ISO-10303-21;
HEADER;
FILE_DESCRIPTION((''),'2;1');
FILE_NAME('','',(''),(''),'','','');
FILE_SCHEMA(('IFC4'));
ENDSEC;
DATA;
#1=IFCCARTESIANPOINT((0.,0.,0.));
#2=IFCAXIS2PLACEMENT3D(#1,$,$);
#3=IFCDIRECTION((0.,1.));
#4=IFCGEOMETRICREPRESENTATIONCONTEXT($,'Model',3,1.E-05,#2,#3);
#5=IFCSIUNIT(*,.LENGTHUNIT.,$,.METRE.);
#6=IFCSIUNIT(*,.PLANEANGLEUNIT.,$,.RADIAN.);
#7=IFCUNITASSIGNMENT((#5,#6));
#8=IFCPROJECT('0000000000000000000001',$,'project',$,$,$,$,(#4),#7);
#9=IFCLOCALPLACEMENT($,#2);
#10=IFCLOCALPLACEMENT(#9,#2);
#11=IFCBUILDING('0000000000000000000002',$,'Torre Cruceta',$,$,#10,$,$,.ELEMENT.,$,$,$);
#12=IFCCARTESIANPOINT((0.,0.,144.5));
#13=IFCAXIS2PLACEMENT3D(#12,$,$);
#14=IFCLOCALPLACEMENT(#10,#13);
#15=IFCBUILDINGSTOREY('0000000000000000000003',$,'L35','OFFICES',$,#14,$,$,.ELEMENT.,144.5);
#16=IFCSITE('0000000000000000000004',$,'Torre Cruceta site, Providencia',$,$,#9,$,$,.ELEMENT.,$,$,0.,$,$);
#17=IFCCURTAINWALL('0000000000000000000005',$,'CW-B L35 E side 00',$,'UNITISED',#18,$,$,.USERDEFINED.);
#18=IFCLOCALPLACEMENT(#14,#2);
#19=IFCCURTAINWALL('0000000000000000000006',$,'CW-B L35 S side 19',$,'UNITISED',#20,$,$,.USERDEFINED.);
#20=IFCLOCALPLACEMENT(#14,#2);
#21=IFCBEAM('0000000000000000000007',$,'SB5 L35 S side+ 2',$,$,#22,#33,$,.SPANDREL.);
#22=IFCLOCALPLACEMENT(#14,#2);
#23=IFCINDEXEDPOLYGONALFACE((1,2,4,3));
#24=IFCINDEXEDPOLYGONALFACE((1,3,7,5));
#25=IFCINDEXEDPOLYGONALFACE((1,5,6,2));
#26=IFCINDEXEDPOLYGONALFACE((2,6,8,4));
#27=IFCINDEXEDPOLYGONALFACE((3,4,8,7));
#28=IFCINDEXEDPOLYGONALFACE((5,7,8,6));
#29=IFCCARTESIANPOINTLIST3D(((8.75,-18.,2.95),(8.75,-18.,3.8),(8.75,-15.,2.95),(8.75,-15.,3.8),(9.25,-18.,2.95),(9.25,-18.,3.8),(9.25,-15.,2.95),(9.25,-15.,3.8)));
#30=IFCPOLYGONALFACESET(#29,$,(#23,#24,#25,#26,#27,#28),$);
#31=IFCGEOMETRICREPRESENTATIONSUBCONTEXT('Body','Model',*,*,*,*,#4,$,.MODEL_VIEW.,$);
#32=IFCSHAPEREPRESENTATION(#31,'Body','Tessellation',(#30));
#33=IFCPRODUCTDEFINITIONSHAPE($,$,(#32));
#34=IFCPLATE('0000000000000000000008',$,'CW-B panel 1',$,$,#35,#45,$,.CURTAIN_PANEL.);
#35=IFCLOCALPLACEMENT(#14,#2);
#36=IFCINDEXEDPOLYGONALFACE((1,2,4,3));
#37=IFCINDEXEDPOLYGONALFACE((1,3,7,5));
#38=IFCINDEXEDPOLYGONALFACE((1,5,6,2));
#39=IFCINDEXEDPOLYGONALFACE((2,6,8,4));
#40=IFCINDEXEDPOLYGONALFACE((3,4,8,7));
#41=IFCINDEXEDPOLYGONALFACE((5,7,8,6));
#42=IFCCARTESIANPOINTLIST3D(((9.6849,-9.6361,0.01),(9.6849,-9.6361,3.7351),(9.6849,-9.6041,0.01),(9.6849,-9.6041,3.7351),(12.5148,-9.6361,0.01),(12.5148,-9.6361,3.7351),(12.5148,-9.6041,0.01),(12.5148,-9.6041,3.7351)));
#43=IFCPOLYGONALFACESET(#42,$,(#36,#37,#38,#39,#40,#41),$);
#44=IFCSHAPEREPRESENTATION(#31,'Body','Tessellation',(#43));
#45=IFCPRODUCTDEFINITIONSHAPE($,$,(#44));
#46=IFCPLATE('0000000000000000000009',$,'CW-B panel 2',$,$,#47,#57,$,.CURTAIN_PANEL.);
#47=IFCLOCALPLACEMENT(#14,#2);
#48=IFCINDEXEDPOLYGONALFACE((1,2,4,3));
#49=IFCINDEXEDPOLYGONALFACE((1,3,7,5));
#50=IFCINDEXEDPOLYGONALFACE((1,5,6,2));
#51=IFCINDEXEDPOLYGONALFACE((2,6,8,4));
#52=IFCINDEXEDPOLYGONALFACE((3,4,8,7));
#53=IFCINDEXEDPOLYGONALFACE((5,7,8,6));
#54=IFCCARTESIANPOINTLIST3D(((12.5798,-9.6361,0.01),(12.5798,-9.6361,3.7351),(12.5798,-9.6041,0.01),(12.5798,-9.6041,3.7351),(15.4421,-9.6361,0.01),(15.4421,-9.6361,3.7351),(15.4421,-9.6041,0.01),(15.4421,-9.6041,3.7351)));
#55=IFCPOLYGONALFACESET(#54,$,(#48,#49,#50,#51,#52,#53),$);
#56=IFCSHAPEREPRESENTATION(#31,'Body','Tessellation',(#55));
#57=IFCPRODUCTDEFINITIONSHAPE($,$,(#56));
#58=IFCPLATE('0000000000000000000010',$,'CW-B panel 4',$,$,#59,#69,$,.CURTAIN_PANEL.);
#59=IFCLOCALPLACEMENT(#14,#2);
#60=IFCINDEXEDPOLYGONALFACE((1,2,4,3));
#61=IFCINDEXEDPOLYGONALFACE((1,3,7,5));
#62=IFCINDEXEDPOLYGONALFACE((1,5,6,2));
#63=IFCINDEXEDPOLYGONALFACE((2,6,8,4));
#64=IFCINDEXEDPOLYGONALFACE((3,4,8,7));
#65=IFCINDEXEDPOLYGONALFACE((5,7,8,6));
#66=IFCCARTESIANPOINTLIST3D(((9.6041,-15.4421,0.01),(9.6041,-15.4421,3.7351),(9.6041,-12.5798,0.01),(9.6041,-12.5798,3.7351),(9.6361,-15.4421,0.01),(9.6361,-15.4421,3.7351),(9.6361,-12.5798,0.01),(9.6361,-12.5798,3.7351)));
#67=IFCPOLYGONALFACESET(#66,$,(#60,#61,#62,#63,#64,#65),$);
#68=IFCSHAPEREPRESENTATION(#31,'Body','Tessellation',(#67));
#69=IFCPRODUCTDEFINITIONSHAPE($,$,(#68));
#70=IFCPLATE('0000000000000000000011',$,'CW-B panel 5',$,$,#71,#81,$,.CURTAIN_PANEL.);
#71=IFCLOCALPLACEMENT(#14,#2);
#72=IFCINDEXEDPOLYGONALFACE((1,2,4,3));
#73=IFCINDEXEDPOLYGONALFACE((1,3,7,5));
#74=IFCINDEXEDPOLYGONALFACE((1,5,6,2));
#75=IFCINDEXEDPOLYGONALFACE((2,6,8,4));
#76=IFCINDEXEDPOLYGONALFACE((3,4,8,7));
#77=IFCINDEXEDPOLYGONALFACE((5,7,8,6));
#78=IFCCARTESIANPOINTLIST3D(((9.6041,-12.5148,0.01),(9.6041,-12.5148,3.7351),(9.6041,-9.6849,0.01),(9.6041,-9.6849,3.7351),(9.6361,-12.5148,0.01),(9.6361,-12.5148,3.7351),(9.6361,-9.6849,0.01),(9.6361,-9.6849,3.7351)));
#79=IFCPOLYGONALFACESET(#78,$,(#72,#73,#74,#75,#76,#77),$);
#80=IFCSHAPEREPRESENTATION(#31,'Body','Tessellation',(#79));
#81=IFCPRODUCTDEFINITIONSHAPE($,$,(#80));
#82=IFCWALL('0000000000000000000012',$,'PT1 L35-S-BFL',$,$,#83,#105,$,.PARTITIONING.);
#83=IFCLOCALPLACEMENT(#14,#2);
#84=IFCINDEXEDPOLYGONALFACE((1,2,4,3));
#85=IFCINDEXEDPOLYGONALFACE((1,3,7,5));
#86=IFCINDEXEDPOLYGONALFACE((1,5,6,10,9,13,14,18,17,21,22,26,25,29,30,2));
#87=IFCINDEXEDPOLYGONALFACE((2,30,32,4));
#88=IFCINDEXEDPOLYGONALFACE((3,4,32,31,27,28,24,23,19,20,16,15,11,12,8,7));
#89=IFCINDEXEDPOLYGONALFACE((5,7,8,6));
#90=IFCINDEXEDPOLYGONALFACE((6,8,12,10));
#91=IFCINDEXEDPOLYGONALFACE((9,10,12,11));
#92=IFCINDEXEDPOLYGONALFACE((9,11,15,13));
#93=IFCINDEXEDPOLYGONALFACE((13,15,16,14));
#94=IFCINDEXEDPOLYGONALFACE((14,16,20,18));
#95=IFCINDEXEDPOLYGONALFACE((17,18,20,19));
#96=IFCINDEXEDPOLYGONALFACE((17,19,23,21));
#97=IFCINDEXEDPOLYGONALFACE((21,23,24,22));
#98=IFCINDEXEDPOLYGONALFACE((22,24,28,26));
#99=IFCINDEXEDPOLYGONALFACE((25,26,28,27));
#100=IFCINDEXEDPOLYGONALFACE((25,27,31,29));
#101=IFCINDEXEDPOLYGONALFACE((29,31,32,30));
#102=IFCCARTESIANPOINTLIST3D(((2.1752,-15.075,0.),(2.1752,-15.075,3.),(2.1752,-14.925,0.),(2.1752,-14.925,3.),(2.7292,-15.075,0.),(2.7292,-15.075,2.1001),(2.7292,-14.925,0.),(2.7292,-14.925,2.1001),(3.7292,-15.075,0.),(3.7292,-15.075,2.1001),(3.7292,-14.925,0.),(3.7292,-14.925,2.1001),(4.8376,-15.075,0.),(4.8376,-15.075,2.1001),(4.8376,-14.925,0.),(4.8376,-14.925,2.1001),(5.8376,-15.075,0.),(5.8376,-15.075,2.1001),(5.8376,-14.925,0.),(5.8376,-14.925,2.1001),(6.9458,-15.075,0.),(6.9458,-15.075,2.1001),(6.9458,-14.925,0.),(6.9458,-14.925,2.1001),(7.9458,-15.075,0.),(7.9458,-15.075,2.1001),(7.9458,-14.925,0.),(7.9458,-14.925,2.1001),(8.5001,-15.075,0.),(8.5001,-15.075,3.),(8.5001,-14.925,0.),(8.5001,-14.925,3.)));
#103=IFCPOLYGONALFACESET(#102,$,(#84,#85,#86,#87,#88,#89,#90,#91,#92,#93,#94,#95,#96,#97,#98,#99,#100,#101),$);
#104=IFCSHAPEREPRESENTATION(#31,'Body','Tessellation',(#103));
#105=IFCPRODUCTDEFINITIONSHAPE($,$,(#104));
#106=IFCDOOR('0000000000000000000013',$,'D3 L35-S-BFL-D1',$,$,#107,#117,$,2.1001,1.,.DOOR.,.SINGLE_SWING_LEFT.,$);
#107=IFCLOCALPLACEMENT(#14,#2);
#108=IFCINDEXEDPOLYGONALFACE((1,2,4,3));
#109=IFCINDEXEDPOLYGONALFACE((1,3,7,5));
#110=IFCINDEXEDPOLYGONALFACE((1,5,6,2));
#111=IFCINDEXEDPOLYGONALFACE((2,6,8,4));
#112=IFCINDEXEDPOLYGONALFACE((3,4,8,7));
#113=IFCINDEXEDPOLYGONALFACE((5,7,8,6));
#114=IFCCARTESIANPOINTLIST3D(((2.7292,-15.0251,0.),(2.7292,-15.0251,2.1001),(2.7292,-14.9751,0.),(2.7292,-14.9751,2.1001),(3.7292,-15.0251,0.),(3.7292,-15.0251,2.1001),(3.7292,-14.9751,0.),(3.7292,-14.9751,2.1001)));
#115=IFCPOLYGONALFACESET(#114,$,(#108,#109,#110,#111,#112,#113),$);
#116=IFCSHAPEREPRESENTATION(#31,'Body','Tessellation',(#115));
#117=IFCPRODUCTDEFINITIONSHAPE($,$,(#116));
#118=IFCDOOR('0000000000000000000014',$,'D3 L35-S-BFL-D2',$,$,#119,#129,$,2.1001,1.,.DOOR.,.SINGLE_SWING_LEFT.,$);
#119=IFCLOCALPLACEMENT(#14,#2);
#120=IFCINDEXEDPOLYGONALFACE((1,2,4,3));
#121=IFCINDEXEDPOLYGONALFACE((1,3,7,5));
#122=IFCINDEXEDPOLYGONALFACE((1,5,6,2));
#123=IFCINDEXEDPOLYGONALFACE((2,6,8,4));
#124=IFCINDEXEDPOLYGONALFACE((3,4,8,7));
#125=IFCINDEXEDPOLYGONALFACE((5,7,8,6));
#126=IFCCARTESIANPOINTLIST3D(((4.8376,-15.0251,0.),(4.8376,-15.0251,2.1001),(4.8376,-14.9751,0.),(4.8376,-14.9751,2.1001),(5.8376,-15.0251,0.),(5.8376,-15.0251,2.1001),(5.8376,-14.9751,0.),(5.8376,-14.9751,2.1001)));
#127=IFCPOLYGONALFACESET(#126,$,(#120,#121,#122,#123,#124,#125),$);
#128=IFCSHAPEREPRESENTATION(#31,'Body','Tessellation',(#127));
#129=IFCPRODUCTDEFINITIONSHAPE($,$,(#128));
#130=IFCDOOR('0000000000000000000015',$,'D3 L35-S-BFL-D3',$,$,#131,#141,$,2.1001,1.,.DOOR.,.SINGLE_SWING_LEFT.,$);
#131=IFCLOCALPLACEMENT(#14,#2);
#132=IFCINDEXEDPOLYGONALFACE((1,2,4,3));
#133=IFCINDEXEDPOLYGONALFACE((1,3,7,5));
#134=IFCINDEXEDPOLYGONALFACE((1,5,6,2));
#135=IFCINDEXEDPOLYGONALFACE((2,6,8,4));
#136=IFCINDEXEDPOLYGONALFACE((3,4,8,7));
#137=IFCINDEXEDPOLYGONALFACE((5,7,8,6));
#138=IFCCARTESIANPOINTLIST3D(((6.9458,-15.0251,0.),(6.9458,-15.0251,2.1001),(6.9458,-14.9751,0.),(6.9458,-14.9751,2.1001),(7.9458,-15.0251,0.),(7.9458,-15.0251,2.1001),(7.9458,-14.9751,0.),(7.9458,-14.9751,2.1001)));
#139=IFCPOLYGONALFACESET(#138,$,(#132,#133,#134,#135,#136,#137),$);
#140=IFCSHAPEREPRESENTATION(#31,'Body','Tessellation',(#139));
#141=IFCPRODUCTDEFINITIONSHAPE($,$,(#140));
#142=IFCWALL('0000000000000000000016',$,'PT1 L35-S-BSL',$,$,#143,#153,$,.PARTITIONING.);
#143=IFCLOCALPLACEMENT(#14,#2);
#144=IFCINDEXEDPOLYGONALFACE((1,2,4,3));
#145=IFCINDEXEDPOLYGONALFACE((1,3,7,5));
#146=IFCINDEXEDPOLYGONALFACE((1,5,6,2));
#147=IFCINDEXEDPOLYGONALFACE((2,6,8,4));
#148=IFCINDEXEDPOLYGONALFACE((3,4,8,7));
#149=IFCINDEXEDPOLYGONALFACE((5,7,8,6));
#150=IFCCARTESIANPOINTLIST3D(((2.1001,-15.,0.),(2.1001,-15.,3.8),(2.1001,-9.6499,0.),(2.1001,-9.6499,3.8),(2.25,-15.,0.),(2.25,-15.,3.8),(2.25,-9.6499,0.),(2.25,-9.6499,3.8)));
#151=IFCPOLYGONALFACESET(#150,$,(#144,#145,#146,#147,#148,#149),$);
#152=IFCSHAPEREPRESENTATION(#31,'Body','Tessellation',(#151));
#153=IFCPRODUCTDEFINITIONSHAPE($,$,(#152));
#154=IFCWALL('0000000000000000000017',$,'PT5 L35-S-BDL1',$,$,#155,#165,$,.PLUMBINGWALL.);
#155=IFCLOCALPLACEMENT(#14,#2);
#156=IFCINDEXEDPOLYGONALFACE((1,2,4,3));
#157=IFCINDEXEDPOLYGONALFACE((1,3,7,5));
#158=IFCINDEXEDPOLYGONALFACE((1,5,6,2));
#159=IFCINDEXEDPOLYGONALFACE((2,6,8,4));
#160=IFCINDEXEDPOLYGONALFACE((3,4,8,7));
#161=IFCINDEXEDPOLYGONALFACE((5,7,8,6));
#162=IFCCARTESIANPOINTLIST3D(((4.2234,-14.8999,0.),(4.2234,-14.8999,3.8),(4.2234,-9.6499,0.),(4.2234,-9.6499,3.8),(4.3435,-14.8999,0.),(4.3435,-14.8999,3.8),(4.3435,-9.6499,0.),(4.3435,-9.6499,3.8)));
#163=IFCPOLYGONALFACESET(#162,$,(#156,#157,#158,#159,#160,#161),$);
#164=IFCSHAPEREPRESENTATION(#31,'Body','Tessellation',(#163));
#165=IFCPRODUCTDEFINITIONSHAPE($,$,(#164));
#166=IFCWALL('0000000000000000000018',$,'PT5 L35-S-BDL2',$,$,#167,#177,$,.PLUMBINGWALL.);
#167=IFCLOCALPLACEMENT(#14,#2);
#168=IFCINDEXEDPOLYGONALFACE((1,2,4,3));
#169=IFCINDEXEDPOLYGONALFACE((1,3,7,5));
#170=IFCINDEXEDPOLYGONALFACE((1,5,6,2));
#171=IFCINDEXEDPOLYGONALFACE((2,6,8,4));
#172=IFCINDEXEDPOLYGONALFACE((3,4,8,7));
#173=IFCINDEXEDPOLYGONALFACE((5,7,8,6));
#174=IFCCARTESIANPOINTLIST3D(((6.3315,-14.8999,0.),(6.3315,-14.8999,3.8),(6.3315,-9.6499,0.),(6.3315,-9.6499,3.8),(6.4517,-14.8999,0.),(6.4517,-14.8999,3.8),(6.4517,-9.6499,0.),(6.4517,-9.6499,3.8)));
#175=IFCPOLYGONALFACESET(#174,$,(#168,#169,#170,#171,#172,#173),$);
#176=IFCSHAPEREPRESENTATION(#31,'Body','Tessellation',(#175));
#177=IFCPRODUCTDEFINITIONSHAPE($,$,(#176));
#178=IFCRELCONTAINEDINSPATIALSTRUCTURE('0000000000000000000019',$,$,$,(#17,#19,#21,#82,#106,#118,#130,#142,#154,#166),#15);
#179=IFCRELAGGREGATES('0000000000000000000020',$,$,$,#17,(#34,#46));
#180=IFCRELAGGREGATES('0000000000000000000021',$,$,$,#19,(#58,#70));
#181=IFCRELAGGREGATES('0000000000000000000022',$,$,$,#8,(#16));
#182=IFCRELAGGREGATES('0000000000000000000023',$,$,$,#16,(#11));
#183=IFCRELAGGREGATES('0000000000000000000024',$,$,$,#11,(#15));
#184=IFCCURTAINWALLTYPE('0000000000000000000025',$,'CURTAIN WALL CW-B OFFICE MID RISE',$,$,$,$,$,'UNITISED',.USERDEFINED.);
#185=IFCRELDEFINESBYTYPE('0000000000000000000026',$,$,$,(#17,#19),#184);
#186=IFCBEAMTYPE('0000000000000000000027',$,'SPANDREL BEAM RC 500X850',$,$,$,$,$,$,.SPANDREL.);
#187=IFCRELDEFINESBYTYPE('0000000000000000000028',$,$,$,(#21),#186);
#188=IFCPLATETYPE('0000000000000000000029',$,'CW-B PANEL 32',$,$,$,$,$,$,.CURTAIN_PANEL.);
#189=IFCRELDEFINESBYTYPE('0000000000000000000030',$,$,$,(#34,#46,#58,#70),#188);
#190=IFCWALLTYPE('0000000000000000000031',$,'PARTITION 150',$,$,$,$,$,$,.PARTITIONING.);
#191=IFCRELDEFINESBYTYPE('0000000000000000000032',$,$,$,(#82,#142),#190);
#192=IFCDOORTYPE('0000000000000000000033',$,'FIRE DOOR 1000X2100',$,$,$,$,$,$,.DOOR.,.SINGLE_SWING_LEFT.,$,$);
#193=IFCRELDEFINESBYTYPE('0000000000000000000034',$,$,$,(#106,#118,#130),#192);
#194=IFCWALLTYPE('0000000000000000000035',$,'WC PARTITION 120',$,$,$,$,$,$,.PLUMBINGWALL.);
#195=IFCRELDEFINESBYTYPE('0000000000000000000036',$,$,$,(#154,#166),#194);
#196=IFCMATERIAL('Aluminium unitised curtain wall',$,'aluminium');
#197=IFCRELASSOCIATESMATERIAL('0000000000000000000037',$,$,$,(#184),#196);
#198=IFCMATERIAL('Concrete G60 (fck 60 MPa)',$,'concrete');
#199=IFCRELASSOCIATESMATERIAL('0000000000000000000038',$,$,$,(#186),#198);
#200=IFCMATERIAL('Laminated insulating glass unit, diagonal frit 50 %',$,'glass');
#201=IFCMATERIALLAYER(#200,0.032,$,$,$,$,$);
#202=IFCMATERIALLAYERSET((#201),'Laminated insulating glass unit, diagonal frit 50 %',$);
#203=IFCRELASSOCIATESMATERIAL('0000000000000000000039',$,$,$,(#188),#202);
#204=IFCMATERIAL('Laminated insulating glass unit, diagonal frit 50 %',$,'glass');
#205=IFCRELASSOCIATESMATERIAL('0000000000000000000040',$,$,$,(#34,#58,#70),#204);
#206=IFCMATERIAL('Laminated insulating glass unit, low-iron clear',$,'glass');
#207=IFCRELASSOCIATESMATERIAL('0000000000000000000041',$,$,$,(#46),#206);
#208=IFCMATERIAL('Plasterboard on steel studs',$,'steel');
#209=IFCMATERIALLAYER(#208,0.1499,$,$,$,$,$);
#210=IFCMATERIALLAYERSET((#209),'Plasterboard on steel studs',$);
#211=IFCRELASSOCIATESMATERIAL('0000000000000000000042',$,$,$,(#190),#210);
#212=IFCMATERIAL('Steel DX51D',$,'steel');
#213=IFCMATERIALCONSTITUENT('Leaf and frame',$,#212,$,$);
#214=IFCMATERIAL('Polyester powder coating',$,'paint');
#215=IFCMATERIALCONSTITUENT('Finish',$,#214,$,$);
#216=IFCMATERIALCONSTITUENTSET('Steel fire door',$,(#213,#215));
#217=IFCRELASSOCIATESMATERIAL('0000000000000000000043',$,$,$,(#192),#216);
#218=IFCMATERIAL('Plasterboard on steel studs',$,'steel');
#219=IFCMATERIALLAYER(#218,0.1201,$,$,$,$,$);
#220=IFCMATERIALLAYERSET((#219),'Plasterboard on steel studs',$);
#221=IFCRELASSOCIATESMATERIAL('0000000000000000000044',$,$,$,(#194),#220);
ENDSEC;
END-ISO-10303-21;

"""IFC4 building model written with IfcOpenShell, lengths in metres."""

from ifc_helpers import new_model, si_unit, direction, frame, frame_2d, origin, origin_2d, place, context, subcontext, project, spatial, rectangle, extrude, material, layer, layer_set, constituent, constituent_set, material_profile, profile_set, type_object, element, fill, aggregate, save


model = new_model("IFC4")

# Units and contexts
model_context = context("Model", 3, precision=1e-05, world=origin(), true_north=direction((0.0, 1.0)))
body_context = subcontext(model_context, "Body", "Model", "MODEL_VIEW")
ifc_project = project(units=[si_unit("LENGTHUNIT", "METRE"), si_unit("PLANEANGLEUNIT", "RADIAN")], contexts=[model_context])

# Site, building, storey
site_placement = place(None, origin())
site = spatial("IfcSite", under=ifc_project, at=site_placement, Name="Torre Cruceta site, Providencia", CompositionType="ELEMENT", RefElevation=0.0)
building_placement = place(site_placement, origin())
building = spatial("IfcBuilding", under=site, at=building_placement, Name="Torre Cruceta", CompositionType="ELEMENT")
storey_placement = place(building_placement, frame((0.0, 0.0, 144.5)))
storey = spatial("IfcBuildingStorey", under=building, at=storey_placement, Name="L35", Description="OFFICES", CompositionType="ELEMENT", Elevation=144.5)

# Curtain walls
ifc_material_1 = material(Name="Aluminium unitised curtain wall", Category="aluminium")
curtain_wall_type = type_object("IfcCurtainWallType", Name="CURTAIN WALL CW-B OFFICE MID RISE", ElementType="UNITISED", PredefinedType="USERDEFINED", material=ifc_material_1)
curtain_wall_1_placement = place(storey_placement, origin())
curtain_wall_1 = element("IfcCurtainWall", 1, at=curtain_wall_1_placement, inside=storey, type_object=curtain_wall_type, Name="CW-B L35 E side 00", ObjectType="UNITISED", PredefinedType="USERDEFINED")
curtain_wall_2_placement = place(storey_placement, origin())
curtain_wall_2 = element("IfcCurtainWall", 2, at=curtain_wall_2_placement, inside=storey, type_object=curtain_wall_type, Name="CW-B L35 S side 19", ObjectType="UNITISED", PredefinedType="USERDEFINED")

# Beam
ifc_material_2 = material(Name="Concrete G60 (fck 60 MPa)", Category="concrete")
ifc_material_profile_1 = material_profile(ifc_material_2, rectangle(XDim=0.5, YDim=0.8501, at=origin_2d()), Name="RC 500X850")
ifc_profile_set_1 = profile_set([ifc_material_profile_1], Name="Concrete G60 (fck 60 MPa)")
beam_type_1 = type_object("IfcBeamType", Name="SPANDREL BEAM RC 500X850", PredefinedType="SPANDREL", material=ifc_profile_set_1)
beam_1_placement = place(storey_placement, frame((9.0, -15.0, 3.375), z_axis=(0.0, -1.0, 0.0), x_axis=(1.0, 0.0, 0.0)))
element("IfcBeam", 3, at=beam_1_placement, inside=storey, type_object=beam_type_1, Name="SB5 L35 S side+ 2", PredefinedType="SPANDREL", context=body_context, shape_type="SweptSolid", body=[
    extrude(rectangle(XDim=0.5, YDim=0.8501, at=origin_2d()), origin(), (0.0, 0.0, 1.0), 3.0),
])

# Plates
ifc_material_3 = material(Name="Laminated insulating glass unit, diagonal frit 50 %", Category="glass")
ifc_material_4 = material(Name="Laminated insulating glass unit, diagonal frit 50 %", Category="glass")
ifc_layer_1 = layer(ifc_material_4, 0.032)
ifc_layer_set_1 = layer_set([ifc_layer_1], Name="Laminated insulating glass unit, diagonal frit 50 %")
plate_type = type_object("IfcPlateType", Name="CW-B PANEL 32", PredefinedType="CURTAIN_PANEL", material=ifc_layer_set_1)
plate_1_placement = place(storey_placement, frame((11.0999, -9.6201, 0.01), z_axis=(0.0, 0.0, 1.0), x_axis=(1.0, 0.0, 0.0)))
plate_1 = element("IfcPlate", 4, at=plate_1_placement, type_object=plate_type, material=ifc_material_3, Name="CW-B panel 1", PredefinedType="CURTAIN_PANEL", context=body_context, shape_type="SweptSolid", body=[
    extrude(rectangle(XDim=2.8298, YDim=0.032, at=origin_2d()), origin(), (0.0, 0.0, 1.0), 3.7251),
])
ifc_material_5 = material(Name="Laminated insulating glass unit, low-iron clear", Category="glass")
plate_2_placement = place(storey_placement, frame((14.011, -9.6201, 0.01), z_axis=(0.0, 0.0, 1.0), x_axis=(1.0, 0.0, 0.0)))
plate_2 = element("IfcPlate", 5, at=plate_2_placement, type_object=plate_type, material=ifc_material_5, Name="CW-B panel 2", PredefinedType="CURTAIN_PANEL", context=body_context, shape_type="SweptSolid", body=[
    extrude(rectangle(XDim=2.8623, YDim=0.032, at=origin_2d()), origin(), (0.0, 0.0, 1.0), 3.7251),
])
aggregate(curtain_wall_1, [plate_1, plate_2])
plate_3_placement = place(storey_placement, frame((9.6201, -14.011, 0.01), z_axis=(0.0, 0.0, 1.0), x_axis=(0.0, 1.0, 0.0)))
plate_3 = element("IfcPlate", 6, at=plate_3_placement, type_object=plate_type, material=ifc_material_3, Name="CW-B panel 4", PredefinedType="CURTAIN_PANEL", context=body_context, shape_type="SweptSolid", body=[
    extrude(rectangle(XDim=2.8623, YDim=0.032, at=origin_2d()), origin(), (0.0, 0.0, 1.0), 3.7251),
])
plate_4_placement = place(storey_placement, frame((9.6201, -11.0999, 0.01), z_axis=(0.0, 0.0, 1.0), x_axis=(0.0, 1.0, 0.0)))
plate_4 = element("IfcPlate", 7, at=plate_4_placement, type_object=plate_type, material=ifc_material_3, Name="CW-B panel 5", PredefinedType="CURTAIN_PANEL", context=body_context, shape_type="SweptSolid", body=[
    extrude(rectangle(XDim=2.8298, YDim=0.032, at=origin_2d()), origin(), (0.0, 0.0, 1.0), 3.7251),
])
aggregate(curtain_wall_2, [plate_3, plate_4])

# Wall, openings, doors
ifc_material_6 = material(Name="Plasterboard on steel studs", Category="steel")
ifc_layer_2 = layer(ifc_material_6, 0.1499)
ifc_layer_set_2 = layer_set([ifc_layer_2], Name="Plasterboard on steel studs")
wall_type_1 = type_object("IfcWallType", Name="PARTITION 150", PredefinedType="PARTITIONING", material=ifc_layer_set_2)
wall_1_placement = place(storey_placement, frame((2.175, -15.0, 0.0), z_axis=(0.0, 0.0, 1.0), x_axis=(1.0, 0.0, 0.0)))
wall_1 = element("IfcWall", 8, at=wall_1_placement, inside=storey, type_object=wall_type_1, Name="PT1 L35-S-BFL", PredefinedType="PARTITIONING", context=body_context, shape_type="SweptSolid", body=[
    extrude(rectangle(XDim=6.325, YDim=0.1499, at=frame_2d((3.1626, 0.0))), origin(), (0.0, 0.0, 1.0), 3.0),
])
opening_1_placement = place(wall_1_placement, frame((0.5542, 0.0, 0.0)))
opening_1 = element("IfcOpeningElement", 9, at=opening_1_placement, cuts=wall_1, PredefinedType="OPENING", context=body_context, shape_type="SweptSolid", body=[
    extrude(rectangle(XDim=1.0, YDim=2.1001, at=frame_2d((0.5, 1.05))), frame((0.0, 0.085, 0.0), z_axis=(0.0, -1.0, 0.0), x_axis=(1.0, 0.0, 0.0)), (0.0, 0.0, 1.0), 0.1699),
])
opening_2_placement = place(wall_1_placement, frame((2.6626, 0.0, 0.0)))
opening_2 = element("IfcOpeningElement", 10, at=opening_2_placement, cuts=wall_1, PredefinedType="OPENING", context=body_context, shape_type="SweptSolid", body=[
    extrude(rectangle(XDim=1.0, YDim=2.1001, at=frame_2d((0.5, 1.05))), frame((0.0, 0.085, 0.0), z_axis=(0.0, -1.0, 0.0), x_axis=(1.0, 0.0, 0.0)), (0.0, 0.0, 1.0), 0.1699),
])
opening_3_placement = place(wall_1_placement, frame((4.7708, 0.0, 0.0)))
opening_3 = element("IfcOpeningElement", 11, at=opening_3_placement, cuts=wall_1, PredefinedType="OPENING", context=body_context, shape_type="SweptSolid", body=[
    extrude(rectangle(XDim=1.0, YDim=2.1001, at=frame_2d((0.5, 1.05))), frame((0.0, 0.085, 0.0), z_axis=(0.0, -1.0, 0.0), x_axis=(1.0, 0.0, 0.0)), (0.0, 0.0, 1.0), 0.1699),
])
ifc_material_7 = material(Name="Steel DX51D", Category="steel")
ifc_constituent_1 = constituent(ifc_material_7, Name="Leaf and frame")
ifc_material_8 = material(Name="Polyester powder coating", Category="paint")
ifc_constituent_2 = constituent(ifc_material_8, Name="Finish")
ifc_constituent_set = constituent_set(constituents=[ifc_constituent_1, ifc_constituent_2], Name="Steel fire door")
door_type = type_object("IfcDoorType", Name="FIRE DOOR 1000X2100", OperationType="SINGLE_SWING_LEFT", PredefinedType="DOOR", material=ifc_constituent_set)
door_1_placement = place(opening_1_placement, origin())
door_1 = element("IfcDoor", 12, at=door_1_placement, inside=storey, type_object=door_type, Name="D3 L35-S-BFL-D1", OperationType="SINGLE_SWING_LEFT", OverallHeight=2.1001, OverallWidth=1.0, PredefinedType="DOOR", context=body_context, shape_type="SweptSolid", body=[
    extrude(rectangle(XDim=1.0, YDim=2.1001, at=frame_2d((0.5, 1.05))), frame((0.0, 0.0249, 0.0), z_axis=(0.0, -1.0, 0.0), x_axis=(1.0, 0.0, 0.0)), (0.0, 0.0, 1.0), 0.05),
])
fill(opening_1, door_1)
door_2_placement = place(opening_2_placement, origin())
door_2 = element("IfcDoor", 13, at=door_2_placement, inside=storey, type_object=door_type, Name="D3 L35-S-BFL-D2", OperationType="SINGLE_SWING_LEFT", OverallHeight=2.1001, OverallWidth=1.0, PredefinedType="DOOR", context=body_context, shape_type="SweptSolid", body=[
    extrude(rectangle(XDim=1.0, YDim=2.1001, at=frame_2d((0.5, 1.05))), frame((0.0, 0.0249, 0.0), z_axis=(0.0, -1.0, 0.0), x_axis=(1.0, 0.0, 0.0)), (0.0, 0.0, 1.0), 0.05),
])
fill(opening_2, door_2)
door_3_placement = place(opening_3_placement, origin())
door_3 = element("IfcDoor", 14, at=door_3_placement, inside=storey, type_object=door_type, Name="D3 L35-S-BFL-D3", OperationType="SINGLE_SWING_LEFT", OverallHeight=2.1001, OverallWidth=1.0, PredefinedType="DOOR", context=body_context, shape_type="SweptSolid", body=[
    extrude(rectangle(XDim=1.0, YDim=2.1001, at=frame_2d((0.5, 1.05))), frame((0.0, 0.0249, 0.0), z_axis=(0.0, -1.0, 0.0), x_axis=(1.0, 0.0, 0.0)), (0.0, 0.0, 1.0), 0.05),
])
fill(opening_3, door_3)

# Walls
wall_2_placement = place(storey_placement, frame((2.175, -9.6499, 0.0), z_axis=(0.0, 0.0, 1.0), x_axis=(0.0, -1.0, 0.0)))
element("IfcWall", 15, at=wall_2_placement, inside=storey, type_object=wall_type_1, Name="PT1 L35-S-BSL", PredefinedType="PARTITIONING", context=body_context, shape_type="SweptSolid", body=[
    extrude(rectangle(XDim=5.3501, YDim=0.1499, at=frame_2d((2.675, 0.0))), origin(), (0.0, 0.0, 1.0), 3.8),
])
ifc_material_9 = material(Name="Plasterboard on steel studs", Category="steel")
ifc_layer_3 = layer(ifc_material_9, 0.1201)
ifc_layer_set_3 = layer_set([ifc_layer_3], Name="Plasterboard on steel studs")
wall_type_2 = type_object("IfcWallType", Name="WC PARTITION 120", PredefinedType="PLUMBINGWALL", material=ifc_layer_set_3)
for number, where, z_axis, x_axis, name in (
    (16, (4.2834, -9.6499, 0.0), (0.0, 0.0, 1.0), (0.0, -1.0, 0.0), "PT5 L35-S-BDL1"),
    (17, (6.3916, -9.6499, 0.0), (0.0, 0.0, 1.0), (0.0, -1.0, 0.0), "PT5 L35-S-BDL2"),
):
    element("IfcWall", number, at=place(storey_placement, frame(where, z_axis=z_axis, x_axis=x_axis)), inside=storey, type_object=wall_type_2, Name=name, PredefinedType="PLUMBINGWALL", context=body_context, shape_type="SweptSolid", body=[
        extrude(rectangle(XDim=5.25, YDim=0.1201, at=frame_2d((2.625, 0.0))), origin(), (0.0, 0.0, 1.0), 3.8),
    ])

save(model, "model.ifc")
